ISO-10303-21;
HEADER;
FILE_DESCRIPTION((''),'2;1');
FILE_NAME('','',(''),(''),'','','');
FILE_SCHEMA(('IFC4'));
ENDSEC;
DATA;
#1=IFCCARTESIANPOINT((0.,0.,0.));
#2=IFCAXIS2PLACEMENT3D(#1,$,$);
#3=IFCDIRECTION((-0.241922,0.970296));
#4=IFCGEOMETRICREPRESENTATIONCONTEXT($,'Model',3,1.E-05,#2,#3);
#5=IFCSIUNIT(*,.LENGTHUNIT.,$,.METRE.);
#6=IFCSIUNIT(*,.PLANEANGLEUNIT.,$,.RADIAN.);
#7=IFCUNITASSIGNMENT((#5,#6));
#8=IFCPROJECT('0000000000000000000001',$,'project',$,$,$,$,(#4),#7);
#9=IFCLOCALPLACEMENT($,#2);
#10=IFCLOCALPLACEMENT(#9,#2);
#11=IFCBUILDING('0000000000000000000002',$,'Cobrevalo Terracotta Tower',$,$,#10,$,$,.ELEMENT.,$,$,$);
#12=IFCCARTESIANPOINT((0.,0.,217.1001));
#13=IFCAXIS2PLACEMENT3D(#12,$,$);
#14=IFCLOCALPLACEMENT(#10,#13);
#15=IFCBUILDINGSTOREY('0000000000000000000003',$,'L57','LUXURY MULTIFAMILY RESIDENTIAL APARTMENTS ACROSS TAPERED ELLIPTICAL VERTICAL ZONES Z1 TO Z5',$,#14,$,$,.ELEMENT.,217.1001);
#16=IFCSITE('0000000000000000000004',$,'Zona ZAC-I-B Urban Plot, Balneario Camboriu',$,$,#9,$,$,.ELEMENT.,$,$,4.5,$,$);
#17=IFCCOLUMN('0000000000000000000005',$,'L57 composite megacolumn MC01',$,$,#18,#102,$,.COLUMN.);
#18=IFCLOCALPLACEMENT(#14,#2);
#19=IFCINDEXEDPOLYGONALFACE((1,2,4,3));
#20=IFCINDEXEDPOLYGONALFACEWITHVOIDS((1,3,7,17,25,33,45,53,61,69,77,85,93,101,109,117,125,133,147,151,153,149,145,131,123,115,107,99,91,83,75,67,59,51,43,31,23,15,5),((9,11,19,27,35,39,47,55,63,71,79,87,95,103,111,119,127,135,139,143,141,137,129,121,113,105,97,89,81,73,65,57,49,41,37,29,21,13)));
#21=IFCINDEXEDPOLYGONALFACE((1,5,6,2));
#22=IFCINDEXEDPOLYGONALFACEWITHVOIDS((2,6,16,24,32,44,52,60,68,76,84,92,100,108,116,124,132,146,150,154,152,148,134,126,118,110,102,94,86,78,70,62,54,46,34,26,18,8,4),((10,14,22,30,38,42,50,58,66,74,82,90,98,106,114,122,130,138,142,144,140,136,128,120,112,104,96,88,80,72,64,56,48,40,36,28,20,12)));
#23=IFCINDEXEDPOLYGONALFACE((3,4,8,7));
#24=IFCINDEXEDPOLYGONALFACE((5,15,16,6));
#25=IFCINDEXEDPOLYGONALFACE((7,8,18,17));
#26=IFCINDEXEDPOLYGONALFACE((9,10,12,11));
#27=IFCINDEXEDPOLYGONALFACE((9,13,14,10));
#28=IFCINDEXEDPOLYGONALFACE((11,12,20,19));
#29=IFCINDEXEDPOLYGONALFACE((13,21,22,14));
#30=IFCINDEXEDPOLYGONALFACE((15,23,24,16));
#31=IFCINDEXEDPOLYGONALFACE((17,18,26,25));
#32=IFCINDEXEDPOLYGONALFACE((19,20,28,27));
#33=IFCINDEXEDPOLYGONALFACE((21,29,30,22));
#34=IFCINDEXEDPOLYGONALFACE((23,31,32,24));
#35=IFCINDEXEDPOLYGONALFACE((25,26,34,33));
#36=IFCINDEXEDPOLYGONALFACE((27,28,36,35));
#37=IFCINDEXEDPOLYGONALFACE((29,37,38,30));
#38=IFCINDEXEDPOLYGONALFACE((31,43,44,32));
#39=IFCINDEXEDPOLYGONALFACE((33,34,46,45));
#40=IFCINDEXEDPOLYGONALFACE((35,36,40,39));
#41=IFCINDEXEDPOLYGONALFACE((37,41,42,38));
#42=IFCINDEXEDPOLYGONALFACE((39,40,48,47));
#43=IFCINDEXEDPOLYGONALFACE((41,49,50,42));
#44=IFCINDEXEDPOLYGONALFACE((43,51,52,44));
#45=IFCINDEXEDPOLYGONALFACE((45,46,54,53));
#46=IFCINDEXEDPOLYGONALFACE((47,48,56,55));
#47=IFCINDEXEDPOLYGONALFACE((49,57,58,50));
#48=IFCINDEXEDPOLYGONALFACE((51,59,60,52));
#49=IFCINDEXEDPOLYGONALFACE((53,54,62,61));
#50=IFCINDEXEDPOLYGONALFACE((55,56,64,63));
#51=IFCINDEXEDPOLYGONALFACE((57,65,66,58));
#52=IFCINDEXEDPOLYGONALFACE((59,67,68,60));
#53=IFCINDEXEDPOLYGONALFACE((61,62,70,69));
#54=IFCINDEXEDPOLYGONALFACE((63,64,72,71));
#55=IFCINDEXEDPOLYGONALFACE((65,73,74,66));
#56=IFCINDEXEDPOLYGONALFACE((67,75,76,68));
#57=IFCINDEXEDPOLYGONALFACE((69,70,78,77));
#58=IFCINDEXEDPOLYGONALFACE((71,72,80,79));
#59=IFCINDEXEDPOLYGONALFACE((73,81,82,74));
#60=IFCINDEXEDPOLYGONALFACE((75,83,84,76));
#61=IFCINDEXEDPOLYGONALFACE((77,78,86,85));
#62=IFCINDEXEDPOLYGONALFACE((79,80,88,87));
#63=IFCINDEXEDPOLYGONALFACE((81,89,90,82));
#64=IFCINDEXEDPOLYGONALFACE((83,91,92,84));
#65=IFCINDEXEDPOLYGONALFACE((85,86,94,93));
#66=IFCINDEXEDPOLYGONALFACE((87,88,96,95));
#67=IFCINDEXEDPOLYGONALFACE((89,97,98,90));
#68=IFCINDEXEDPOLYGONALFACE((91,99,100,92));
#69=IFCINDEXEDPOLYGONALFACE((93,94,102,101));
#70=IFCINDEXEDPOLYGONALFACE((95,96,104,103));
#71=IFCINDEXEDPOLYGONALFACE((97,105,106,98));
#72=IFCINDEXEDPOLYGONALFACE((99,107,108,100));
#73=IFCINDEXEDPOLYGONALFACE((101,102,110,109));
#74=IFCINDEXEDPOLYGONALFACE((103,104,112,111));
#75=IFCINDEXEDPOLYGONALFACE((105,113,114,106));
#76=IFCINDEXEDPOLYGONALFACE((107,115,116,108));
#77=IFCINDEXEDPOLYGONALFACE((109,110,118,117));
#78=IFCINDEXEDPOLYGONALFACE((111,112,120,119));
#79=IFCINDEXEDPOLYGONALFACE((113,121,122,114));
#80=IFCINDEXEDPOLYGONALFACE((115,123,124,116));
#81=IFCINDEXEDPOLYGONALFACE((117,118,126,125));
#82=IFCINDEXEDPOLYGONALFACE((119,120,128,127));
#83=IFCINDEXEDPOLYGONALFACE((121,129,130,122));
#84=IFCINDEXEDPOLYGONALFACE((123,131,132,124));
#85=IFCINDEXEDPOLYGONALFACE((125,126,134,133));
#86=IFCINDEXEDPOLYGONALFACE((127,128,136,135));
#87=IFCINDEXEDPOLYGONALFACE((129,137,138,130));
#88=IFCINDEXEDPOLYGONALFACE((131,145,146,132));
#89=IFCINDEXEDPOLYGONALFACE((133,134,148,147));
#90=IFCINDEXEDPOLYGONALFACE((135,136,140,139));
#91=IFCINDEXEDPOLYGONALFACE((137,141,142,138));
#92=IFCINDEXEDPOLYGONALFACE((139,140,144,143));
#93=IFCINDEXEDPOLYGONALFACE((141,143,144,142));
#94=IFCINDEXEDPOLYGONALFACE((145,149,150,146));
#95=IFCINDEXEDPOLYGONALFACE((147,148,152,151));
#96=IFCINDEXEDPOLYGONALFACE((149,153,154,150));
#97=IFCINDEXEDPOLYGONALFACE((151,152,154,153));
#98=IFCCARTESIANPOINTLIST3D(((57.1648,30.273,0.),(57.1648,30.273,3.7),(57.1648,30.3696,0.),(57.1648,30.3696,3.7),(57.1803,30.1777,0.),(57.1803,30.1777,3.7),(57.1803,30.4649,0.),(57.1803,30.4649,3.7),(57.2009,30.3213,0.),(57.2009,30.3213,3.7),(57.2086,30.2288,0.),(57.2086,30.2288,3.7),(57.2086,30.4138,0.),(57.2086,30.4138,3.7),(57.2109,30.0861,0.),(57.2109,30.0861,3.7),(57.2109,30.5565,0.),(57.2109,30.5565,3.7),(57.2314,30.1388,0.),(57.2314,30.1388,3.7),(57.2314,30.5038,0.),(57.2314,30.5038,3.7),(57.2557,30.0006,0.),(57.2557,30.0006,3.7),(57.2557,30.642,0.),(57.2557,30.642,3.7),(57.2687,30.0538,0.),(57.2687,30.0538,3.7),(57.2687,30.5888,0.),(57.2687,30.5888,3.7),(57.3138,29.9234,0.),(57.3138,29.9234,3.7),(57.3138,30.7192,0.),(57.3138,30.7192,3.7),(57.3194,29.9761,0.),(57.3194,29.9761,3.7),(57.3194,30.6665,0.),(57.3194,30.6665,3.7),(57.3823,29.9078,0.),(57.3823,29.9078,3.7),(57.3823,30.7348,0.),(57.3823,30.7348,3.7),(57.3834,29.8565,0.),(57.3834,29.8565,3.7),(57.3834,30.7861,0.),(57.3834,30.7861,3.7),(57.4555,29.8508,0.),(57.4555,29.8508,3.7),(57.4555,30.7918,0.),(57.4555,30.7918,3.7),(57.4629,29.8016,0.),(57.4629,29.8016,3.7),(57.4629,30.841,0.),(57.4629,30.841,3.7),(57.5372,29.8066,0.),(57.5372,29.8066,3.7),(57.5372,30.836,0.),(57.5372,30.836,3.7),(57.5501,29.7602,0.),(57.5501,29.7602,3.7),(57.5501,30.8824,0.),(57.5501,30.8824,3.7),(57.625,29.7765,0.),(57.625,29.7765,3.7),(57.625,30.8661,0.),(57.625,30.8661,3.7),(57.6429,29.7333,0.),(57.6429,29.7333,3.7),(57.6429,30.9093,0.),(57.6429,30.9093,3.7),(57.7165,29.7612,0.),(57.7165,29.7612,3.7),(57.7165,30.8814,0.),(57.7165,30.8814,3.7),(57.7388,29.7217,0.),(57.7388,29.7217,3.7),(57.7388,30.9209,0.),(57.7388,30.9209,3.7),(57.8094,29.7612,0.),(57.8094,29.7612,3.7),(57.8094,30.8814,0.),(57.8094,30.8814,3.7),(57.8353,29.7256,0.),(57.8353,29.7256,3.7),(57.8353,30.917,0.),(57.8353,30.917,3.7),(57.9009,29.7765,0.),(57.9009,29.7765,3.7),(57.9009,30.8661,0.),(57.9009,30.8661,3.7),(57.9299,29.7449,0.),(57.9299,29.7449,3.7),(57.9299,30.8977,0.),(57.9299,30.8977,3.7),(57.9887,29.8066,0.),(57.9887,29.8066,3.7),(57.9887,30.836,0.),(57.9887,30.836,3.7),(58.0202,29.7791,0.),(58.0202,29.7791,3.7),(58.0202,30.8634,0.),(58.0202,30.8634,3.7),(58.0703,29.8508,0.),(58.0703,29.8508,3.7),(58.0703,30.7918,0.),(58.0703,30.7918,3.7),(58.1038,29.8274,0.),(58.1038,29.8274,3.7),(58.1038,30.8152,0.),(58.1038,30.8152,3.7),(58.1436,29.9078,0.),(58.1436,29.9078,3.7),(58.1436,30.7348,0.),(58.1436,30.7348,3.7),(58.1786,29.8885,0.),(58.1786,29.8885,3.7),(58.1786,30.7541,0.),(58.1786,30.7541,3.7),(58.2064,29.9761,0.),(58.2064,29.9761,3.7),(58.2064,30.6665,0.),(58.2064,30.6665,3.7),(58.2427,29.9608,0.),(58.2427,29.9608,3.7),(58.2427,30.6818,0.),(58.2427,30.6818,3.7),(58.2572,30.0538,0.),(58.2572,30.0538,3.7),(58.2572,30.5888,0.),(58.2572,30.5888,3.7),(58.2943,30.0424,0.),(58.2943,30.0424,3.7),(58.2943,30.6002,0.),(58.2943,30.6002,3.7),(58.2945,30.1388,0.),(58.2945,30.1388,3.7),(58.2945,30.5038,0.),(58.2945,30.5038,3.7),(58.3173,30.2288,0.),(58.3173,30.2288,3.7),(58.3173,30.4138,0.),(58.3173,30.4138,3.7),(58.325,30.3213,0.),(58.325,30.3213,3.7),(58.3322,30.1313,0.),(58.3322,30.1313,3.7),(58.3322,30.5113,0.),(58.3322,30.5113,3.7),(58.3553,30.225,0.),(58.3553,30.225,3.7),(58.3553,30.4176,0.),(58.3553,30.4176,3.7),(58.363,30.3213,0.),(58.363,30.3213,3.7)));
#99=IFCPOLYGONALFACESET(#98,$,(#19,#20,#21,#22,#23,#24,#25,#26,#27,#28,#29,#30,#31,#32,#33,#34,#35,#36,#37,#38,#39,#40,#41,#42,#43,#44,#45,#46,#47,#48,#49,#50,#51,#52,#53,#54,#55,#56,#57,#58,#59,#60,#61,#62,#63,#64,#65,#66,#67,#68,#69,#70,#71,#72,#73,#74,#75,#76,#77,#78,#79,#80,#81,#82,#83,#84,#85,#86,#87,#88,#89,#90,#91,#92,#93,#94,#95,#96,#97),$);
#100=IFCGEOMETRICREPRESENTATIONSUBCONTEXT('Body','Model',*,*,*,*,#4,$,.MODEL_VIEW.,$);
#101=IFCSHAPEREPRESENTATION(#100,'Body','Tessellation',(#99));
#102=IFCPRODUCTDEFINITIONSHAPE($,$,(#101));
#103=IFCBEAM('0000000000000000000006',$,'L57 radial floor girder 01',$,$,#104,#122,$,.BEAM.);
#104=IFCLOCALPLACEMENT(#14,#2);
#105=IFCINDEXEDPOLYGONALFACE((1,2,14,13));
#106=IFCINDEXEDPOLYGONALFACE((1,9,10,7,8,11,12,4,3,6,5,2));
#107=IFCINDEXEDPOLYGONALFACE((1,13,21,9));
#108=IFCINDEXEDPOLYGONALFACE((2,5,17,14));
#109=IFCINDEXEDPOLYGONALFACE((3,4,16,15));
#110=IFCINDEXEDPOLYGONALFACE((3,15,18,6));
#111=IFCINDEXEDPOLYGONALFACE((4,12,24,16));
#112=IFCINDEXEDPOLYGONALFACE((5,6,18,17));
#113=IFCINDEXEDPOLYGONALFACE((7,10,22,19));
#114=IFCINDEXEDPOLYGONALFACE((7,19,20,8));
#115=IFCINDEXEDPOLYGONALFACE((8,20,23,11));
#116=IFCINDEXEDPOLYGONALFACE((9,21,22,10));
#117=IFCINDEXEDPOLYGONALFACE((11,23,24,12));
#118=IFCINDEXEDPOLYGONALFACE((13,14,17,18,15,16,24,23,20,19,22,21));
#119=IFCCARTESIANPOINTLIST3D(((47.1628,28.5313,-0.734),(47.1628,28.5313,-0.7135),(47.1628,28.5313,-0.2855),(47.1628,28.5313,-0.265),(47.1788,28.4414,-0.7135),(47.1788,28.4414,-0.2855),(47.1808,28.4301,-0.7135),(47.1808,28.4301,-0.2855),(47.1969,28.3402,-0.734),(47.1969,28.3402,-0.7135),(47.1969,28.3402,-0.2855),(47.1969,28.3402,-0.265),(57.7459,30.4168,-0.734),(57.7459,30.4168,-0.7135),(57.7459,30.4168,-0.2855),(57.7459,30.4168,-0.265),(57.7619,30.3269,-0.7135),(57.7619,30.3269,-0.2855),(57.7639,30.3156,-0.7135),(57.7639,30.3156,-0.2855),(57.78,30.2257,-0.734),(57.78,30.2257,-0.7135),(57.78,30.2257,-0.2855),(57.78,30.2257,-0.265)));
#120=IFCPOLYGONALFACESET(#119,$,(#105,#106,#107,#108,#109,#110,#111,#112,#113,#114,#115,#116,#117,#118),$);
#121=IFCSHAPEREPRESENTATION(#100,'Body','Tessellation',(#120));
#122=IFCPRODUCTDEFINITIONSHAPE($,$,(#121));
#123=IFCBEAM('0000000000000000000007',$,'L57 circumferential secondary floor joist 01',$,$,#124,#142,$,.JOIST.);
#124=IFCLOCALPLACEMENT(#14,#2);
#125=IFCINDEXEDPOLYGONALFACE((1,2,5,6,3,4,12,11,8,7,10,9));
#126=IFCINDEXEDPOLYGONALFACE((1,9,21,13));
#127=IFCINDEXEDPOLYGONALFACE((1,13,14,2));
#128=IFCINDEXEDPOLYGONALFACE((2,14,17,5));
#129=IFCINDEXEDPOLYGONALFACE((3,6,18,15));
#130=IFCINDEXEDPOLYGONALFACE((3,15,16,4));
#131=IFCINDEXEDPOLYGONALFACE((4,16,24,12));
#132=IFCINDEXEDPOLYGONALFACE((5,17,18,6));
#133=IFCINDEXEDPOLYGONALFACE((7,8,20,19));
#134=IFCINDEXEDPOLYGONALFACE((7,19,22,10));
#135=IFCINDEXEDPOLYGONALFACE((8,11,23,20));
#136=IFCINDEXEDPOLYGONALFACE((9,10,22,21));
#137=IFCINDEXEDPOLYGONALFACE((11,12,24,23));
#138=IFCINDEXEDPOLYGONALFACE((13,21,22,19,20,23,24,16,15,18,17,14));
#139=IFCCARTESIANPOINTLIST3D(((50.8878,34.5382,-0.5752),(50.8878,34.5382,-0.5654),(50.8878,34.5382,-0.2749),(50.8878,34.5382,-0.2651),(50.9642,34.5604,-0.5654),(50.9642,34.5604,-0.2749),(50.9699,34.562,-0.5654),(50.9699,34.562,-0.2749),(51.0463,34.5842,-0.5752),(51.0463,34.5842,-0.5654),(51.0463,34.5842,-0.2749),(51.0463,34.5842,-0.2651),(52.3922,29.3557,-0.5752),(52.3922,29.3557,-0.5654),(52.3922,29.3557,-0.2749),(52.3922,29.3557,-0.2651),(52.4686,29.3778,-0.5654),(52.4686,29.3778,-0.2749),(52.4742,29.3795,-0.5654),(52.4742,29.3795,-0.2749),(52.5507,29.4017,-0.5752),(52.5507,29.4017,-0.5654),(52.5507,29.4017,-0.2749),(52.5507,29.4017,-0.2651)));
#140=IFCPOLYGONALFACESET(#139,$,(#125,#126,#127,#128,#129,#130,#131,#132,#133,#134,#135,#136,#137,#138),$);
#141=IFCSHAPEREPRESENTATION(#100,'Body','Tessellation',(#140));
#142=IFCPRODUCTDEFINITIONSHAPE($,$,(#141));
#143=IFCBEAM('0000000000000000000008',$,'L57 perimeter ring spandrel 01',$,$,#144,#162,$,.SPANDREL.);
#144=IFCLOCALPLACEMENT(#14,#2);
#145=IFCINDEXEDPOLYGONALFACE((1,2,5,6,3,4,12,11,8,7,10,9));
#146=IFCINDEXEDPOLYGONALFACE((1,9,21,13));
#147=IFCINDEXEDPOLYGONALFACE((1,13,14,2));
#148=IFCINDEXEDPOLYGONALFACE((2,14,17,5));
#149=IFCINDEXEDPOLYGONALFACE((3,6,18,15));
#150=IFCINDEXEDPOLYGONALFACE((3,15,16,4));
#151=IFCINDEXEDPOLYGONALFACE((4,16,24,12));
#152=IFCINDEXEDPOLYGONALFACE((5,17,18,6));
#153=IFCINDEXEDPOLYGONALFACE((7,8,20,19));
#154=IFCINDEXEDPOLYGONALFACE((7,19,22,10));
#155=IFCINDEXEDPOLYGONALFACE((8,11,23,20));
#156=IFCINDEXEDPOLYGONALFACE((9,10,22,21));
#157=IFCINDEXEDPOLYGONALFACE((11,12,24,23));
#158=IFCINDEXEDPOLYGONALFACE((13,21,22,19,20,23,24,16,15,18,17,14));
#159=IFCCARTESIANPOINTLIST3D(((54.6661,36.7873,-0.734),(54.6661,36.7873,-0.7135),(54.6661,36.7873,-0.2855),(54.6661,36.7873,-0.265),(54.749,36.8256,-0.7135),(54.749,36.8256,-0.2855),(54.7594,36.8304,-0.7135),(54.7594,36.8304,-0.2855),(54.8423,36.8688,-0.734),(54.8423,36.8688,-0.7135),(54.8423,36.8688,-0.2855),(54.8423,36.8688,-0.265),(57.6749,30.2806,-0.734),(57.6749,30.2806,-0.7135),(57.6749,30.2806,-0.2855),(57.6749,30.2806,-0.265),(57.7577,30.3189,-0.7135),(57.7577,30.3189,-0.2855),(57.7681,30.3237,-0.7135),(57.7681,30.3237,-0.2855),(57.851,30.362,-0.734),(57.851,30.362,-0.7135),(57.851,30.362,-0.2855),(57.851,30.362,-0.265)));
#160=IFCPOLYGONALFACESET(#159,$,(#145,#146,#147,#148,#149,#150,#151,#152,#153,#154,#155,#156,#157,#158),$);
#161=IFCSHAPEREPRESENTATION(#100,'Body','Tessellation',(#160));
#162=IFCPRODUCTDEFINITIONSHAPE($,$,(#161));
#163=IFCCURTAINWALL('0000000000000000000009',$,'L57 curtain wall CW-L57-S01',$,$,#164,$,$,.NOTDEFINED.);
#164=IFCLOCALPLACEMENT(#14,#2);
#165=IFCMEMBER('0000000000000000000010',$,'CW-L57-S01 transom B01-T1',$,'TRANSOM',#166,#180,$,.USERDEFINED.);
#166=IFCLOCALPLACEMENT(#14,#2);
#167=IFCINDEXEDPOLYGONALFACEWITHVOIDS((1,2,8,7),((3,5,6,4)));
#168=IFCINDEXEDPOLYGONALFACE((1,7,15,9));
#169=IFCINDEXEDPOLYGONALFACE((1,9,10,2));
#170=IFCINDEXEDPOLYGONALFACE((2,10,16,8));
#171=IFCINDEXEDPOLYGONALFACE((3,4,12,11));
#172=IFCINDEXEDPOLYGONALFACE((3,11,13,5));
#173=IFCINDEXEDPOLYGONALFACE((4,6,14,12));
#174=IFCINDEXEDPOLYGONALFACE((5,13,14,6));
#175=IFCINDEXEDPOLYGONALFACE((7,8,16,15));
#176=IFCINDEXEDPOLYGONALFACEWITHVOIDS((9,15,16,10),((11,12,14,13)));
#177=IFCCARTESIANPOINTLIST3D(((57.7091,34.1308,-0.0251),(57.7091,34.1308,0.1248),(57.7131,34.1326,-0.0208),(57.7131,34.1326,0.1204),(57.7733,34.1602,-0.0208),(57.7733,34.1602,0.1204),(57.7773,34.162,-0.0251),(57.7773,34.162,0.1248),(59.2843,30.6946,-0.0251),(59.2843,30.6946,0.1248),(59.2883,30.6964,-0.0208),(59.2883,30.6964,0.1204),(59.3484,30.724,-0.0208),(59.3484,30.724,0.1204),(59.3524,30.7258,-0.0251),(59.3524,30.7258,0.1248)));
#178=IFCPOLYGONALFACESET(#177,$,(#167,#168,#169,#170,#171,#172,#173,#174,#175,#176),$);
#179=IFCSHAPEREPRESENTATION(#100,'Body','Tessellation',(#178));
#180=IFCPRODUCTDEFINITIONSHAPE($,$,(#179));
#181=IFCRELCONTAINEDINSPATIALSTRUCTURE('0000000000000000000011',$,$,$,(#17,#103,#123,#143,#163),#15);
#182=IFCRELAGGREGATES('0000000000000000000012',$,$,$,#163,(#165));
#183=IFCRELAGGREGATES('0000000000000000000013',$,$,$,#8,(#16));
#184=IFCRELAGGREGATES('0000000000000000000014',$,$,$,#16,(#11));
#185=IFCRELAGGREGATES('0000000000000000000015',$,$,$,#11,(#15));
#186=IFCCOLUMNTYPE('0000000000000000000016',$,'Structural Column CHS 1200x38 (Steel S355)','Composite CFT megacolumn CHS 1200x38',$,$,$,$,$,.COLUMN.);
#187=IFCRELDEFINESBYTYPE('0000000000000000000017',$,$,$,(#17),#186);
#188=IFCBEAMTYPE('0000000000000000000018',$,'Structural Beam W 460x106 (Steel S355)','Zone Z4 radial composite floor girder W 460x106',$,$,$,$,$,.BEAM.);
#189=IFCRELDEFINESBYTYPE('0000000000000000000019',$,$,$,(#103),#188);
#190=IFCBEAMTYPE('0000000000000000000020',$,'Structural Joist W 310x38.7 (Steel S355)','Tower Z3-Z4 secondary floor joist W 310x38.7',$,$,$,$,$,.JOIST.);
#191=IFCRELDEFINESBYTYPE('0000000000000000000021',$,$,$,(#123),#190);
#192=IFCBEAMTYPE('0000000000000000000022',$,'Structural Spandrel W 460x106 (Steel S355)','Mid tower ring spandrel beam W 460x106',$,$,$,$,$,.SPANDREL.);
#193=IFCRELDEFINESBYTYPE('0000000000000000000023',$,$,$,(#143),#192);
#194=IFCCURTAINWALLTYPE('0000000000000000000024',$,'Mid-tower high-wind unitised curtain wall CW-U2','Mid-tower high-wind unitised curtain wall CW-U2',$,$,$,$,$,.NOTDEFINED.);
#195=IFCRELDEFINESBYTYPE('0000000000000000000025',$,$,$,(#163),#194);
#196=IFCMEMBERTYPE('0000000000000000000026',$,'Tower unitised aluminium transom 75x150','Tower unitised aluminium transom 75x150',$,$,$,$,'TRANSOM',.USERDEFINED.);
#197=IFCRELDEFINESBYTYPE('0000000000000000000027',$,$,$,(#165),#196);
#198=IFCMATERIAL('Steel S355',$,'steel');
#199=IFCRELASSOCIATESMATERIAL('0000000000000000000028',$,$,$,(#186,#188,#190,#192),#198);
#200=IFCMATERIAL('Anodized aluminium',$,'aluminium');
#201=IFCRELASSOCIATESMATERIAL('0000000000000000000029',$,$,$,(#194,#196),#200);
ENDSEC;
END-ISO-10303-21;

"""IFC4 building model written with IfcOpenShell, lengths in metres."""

from ifc_helpers import new_model, si_unit, direction, frame, origin, origin_2d, place, context, subcontext, project, spatial, hollow_rectangle, hollow_circle, i_section, extrude, source, transform, mapped, material, material_profile, profile_set, type_object, element, aggregate, save


model = new_model("IFC4")

# Units and contexts
model_context = context("Model", 3, precision=1e-05, world=origin(), true_north=direction((-0.241922, 0.970296)))
body_context = subcontext(model_context, "Body", "Model", "MODEL_VIEW")
ifc_project = project(units=[si_unit("LENGTHUNIT", "METRE"), si_unit("PLANEANGLEUNIT", "RADIAN")], contexts=[model_context])

# Site, building, storey
site_placement = place(None, origin())
site = spatial("IfcSite", under=ifc_project, at=site_placement, Name="Zona ZAC-I-B Urban Plot, Balneario Camboriu", CompositionType="ELEMENT", RefElevation=4.5)
building_placement = place(site_placement, origin())
building = spatial("IfcBuilding", under=site, at=building_placement, Name="Cobrevalo Terracotta Tower", CompositionType="ELEMENT")
storey_placement = place(building_placement, frame((0.0, 0.0, 217.1001)))
storey = spatial("IfcBuildingStorey", under=building, at=storey_placement, Name="L57", Description="LUXURY MULTIFAMILY RESIDENTIAL APARTMENTS ACROSS TAPERED ELLIPTICAL VERTICAL ZONES Z1 TO Z5", CompositionType="ELEMENT", Elevation=217.1001)

# Column
ifc_material_1 = material(Name="Steel S355", Category="steel")
ifc_material_profile_1 = material_profile(ifc_material_1, hollow_circle(Radius=0.6001, WallThickness=0.0381, at=origin_2d()), Name="CHS 1200x38")
ifc_profile_set_1 = profile_set([ifc_material_profile_1], Name="Steel S355")
column_type = type_object("IfcColumnType", Name="Structural Column CHS 1200x38 (Steel S355)", Description="Composite CFT megacolumn CHS 1200x38", PredefinedType="COLUMN", material=ifc_profile_set_1)
column_placement = place(storey_placement, frame((57.7629, 30.3213, 0.0), z_axis=(0.0, 0.0, 1.0), x_axis=(1.0, 0.0, 0.0)))
element("IfcColumn", 1, at=column_placement, inside=storey, type_object=column_type, Name="L57 composite megacolumn MC01", PredefinedType="COLUMN", context=body_context, shape_type="SweptSolid", body=[
    extrude(hollow_circle(Radius=0.6001, WallThickness=0.0381, at=origin_2d()), origin(), (0.0, 0.0, 1.0), 3.7),
])

# Beams
ifc_material_profile_2 = material_profile(ifc_material_1, i_section(OverallWidth=0.1941, OverallDepth=0.469, WebThickness=0.0115, FlangeThickness=0.0205, at=origin_2d()), Name="W 460x106")
ifc_profile_set_2 = profile_set([ifc_material_profile_2], Name="Steel S355")
beam_type_1 = type_object("IfcBeamType", Name="Structural Beam W 460x106 (Steel S355)", Description="Zone Z4 radial composite floor girder W 460x106", PredefinedType="BEAM", material=ifc_profile_set_2)
beam_1_placement = place(storey_placement, frame((57.7629, 30.3213, -0.4995), z_axis=(-0.984497, -0.175401, 0.0), x_axis=(0.175401, -0.984497, 0.0)))
element("IfcBeam", 2, at=beam_1_placement, inside=storey, type_object=beam_type_1, Name="L57 radial floor girder 01", PredefinedType="BEAM", context=body_context, shape_type="SweptSolid", body=[
    extrude(i_section(OverallWidth=0.1941, OverallDepth=0.469, WebThickness=0.0115, FlangeThickness=0.0205, at=origin_2d()), origin(), (0.0, 0.0, 1.0), 10.7498),
])
ifc_material_profile_3 = material_profile(ifc_material_1, i_section(OverallWidth=0.165, OverallDepth=0.3101, WebThickness=0.0059, FlangeThickness=0.0098, at=origin_2d()), Name="W 310x38.7")
ifc_profile_set_3 = profile_set([ifc_material_profile_3], Name="Steel S355")
beam_type_2 = type_object("IfcBeamType", Name="Structural Joist W 310x38.7 (Steel S355)", Description="Tower Z3-Z4 secondary floor joist W 310x38.7", PredefinedType="JOIST", material=ifc_profile_set_3)
beam_2_placement = place(storey_placement, frame((52.4714, 29.3787, -0.4202), z_axis=(-0.27877, 0.960358, 0.0), x_axis=(-0.960358, -0.27877, 0.0)))
element("IfcBeam", 3, at=beam_2_placement, inside=storey, type_object=beam_type_2, Name="L57 circumferential secondary floor joist 01", PredefinedType="JOIST", context=body_context, shape_type="SweptSolid", body=[
    extrude(i_section(OverallWidth=0.165, OverallDepth=0.3101, WebThickness=0.0059, FlangeThickness=0.0098, at=origin_2d()), origin(), (0.0, 0.0, 1.0), 5.3965),
])
ifc_material_profile_4 = material_profile(ifc_material_1, i_section(OverallWidth=0.1941, OverallDepth=0.469, WebThickness=0.0115, FlangeThickness=0.0205, at=origin_2d()), Name="W 460x106")
ifc_profile_set_4 = profile_set([ifc_material_profile_4], Name="Steel S355")
beam_type_3 = type_object("IfcBeamType", Name="Structural Spandrel W 460x106 (Steel S355)", Description="Mid tower ring spandrel beam W 460x106", PredefinedType="SPANDREL", material=ifc_profile_set_4)
beam_3_placement = place(storey_placement, frame((57.7629, 30.3213, -0.4995), z_axis=(-0.419706, 0.90766, 0.0), x_axis=(-0.90766, -0.419706, 0.0)))
element("IfcBeam", 4, at=beam_3_placement, inside=storey, type_object=beam_type_3, Name="L57 perimeter ring spandrel 01", PredefinedType="SPANDREL", context=body_context, shape_type="SweptSolid", body=[
    extrude(i_section(OverallWidth=0.1941, OverallDepth=0.469, WebThickness=0.0115, FlangeThickness=0.0205, at=origin_2d()), origin(), (0.0, 0.0, 1.0), 7.1687),
])

# Curtain wall, member
ifc_material_2 = material(Name="Anodized aluminium", Category="aluminium")
curtain_wall_type = type_object("IfcCurtainWallType", Name="Mid-tower high-wind unitised curtain wall CW-U2", Description="Mid-tower high-wind unitised curtain wall CW-U2", PredefinedType="NOTDEFINED", material=ifc_material_2)
curtain_wall_1_placement = place(storey_placement, origin())
curtain_wall_1 = element("IfcCurtainWall", 5, at=curtain_wall_1_placement, inside=storey, type_object=curtain_wall_type, Name="L57 curtain wall CW-L57-S01", PredefinedType="NOTDEFINED")
ifc_material_profile_5 = material_profile(ifc_material_2, hollow_rectangle(XDim=0.075, YDim=0.1499, WallThickness=0.0044, at=origin_2d()), Name="CWT 75x150")
ifc_profile_set_5 = profile_set([ifc_material_profile_5], Name="Anodized aluminium")
member_type_1 = type_object("IfcMemberType", Name="Tower unitised aluminium transom 75x150", Description="Tower unitised aluminium transom 75x150", ElementType="TRANSOM", PredefinedType="USERDEFINED", material=ifc_profile_set_5)
shared_shape_1 = source(origin(), body_context, "Body", "SweptSolid", [
    extrude(hollow_rectangle(XDim=0.075, YDim=0.1499, WallThickness=0.0044, at=origin_2d()), origin(), (0.0, 0.0, 1.0), 3.78),
])
member_1_placement = place(storey_placement, frame((59.3184, 30.7102, 0.0498), z_axis=(-0.416706, 0.909041, 0.0), x_axis=(-0.909041, -0.416706, 0.0)))
member_1 = element("IfcMember", 6, at=member_1_placement, type_object=member_type_1, Name="CW-L57-S01 transom B01-T1", ObjectType="TRANSOM", PredefinedType="USERDEFINED", context=body_context, shape_type="MappedRepresentation", body=[
    mapped(shared_shape_1, transform((0.0, 0.0, 0.0), scale=1.0)),
])

aggregate(curtain_wall_1, [member_1])

save(model, "model.ifc")
